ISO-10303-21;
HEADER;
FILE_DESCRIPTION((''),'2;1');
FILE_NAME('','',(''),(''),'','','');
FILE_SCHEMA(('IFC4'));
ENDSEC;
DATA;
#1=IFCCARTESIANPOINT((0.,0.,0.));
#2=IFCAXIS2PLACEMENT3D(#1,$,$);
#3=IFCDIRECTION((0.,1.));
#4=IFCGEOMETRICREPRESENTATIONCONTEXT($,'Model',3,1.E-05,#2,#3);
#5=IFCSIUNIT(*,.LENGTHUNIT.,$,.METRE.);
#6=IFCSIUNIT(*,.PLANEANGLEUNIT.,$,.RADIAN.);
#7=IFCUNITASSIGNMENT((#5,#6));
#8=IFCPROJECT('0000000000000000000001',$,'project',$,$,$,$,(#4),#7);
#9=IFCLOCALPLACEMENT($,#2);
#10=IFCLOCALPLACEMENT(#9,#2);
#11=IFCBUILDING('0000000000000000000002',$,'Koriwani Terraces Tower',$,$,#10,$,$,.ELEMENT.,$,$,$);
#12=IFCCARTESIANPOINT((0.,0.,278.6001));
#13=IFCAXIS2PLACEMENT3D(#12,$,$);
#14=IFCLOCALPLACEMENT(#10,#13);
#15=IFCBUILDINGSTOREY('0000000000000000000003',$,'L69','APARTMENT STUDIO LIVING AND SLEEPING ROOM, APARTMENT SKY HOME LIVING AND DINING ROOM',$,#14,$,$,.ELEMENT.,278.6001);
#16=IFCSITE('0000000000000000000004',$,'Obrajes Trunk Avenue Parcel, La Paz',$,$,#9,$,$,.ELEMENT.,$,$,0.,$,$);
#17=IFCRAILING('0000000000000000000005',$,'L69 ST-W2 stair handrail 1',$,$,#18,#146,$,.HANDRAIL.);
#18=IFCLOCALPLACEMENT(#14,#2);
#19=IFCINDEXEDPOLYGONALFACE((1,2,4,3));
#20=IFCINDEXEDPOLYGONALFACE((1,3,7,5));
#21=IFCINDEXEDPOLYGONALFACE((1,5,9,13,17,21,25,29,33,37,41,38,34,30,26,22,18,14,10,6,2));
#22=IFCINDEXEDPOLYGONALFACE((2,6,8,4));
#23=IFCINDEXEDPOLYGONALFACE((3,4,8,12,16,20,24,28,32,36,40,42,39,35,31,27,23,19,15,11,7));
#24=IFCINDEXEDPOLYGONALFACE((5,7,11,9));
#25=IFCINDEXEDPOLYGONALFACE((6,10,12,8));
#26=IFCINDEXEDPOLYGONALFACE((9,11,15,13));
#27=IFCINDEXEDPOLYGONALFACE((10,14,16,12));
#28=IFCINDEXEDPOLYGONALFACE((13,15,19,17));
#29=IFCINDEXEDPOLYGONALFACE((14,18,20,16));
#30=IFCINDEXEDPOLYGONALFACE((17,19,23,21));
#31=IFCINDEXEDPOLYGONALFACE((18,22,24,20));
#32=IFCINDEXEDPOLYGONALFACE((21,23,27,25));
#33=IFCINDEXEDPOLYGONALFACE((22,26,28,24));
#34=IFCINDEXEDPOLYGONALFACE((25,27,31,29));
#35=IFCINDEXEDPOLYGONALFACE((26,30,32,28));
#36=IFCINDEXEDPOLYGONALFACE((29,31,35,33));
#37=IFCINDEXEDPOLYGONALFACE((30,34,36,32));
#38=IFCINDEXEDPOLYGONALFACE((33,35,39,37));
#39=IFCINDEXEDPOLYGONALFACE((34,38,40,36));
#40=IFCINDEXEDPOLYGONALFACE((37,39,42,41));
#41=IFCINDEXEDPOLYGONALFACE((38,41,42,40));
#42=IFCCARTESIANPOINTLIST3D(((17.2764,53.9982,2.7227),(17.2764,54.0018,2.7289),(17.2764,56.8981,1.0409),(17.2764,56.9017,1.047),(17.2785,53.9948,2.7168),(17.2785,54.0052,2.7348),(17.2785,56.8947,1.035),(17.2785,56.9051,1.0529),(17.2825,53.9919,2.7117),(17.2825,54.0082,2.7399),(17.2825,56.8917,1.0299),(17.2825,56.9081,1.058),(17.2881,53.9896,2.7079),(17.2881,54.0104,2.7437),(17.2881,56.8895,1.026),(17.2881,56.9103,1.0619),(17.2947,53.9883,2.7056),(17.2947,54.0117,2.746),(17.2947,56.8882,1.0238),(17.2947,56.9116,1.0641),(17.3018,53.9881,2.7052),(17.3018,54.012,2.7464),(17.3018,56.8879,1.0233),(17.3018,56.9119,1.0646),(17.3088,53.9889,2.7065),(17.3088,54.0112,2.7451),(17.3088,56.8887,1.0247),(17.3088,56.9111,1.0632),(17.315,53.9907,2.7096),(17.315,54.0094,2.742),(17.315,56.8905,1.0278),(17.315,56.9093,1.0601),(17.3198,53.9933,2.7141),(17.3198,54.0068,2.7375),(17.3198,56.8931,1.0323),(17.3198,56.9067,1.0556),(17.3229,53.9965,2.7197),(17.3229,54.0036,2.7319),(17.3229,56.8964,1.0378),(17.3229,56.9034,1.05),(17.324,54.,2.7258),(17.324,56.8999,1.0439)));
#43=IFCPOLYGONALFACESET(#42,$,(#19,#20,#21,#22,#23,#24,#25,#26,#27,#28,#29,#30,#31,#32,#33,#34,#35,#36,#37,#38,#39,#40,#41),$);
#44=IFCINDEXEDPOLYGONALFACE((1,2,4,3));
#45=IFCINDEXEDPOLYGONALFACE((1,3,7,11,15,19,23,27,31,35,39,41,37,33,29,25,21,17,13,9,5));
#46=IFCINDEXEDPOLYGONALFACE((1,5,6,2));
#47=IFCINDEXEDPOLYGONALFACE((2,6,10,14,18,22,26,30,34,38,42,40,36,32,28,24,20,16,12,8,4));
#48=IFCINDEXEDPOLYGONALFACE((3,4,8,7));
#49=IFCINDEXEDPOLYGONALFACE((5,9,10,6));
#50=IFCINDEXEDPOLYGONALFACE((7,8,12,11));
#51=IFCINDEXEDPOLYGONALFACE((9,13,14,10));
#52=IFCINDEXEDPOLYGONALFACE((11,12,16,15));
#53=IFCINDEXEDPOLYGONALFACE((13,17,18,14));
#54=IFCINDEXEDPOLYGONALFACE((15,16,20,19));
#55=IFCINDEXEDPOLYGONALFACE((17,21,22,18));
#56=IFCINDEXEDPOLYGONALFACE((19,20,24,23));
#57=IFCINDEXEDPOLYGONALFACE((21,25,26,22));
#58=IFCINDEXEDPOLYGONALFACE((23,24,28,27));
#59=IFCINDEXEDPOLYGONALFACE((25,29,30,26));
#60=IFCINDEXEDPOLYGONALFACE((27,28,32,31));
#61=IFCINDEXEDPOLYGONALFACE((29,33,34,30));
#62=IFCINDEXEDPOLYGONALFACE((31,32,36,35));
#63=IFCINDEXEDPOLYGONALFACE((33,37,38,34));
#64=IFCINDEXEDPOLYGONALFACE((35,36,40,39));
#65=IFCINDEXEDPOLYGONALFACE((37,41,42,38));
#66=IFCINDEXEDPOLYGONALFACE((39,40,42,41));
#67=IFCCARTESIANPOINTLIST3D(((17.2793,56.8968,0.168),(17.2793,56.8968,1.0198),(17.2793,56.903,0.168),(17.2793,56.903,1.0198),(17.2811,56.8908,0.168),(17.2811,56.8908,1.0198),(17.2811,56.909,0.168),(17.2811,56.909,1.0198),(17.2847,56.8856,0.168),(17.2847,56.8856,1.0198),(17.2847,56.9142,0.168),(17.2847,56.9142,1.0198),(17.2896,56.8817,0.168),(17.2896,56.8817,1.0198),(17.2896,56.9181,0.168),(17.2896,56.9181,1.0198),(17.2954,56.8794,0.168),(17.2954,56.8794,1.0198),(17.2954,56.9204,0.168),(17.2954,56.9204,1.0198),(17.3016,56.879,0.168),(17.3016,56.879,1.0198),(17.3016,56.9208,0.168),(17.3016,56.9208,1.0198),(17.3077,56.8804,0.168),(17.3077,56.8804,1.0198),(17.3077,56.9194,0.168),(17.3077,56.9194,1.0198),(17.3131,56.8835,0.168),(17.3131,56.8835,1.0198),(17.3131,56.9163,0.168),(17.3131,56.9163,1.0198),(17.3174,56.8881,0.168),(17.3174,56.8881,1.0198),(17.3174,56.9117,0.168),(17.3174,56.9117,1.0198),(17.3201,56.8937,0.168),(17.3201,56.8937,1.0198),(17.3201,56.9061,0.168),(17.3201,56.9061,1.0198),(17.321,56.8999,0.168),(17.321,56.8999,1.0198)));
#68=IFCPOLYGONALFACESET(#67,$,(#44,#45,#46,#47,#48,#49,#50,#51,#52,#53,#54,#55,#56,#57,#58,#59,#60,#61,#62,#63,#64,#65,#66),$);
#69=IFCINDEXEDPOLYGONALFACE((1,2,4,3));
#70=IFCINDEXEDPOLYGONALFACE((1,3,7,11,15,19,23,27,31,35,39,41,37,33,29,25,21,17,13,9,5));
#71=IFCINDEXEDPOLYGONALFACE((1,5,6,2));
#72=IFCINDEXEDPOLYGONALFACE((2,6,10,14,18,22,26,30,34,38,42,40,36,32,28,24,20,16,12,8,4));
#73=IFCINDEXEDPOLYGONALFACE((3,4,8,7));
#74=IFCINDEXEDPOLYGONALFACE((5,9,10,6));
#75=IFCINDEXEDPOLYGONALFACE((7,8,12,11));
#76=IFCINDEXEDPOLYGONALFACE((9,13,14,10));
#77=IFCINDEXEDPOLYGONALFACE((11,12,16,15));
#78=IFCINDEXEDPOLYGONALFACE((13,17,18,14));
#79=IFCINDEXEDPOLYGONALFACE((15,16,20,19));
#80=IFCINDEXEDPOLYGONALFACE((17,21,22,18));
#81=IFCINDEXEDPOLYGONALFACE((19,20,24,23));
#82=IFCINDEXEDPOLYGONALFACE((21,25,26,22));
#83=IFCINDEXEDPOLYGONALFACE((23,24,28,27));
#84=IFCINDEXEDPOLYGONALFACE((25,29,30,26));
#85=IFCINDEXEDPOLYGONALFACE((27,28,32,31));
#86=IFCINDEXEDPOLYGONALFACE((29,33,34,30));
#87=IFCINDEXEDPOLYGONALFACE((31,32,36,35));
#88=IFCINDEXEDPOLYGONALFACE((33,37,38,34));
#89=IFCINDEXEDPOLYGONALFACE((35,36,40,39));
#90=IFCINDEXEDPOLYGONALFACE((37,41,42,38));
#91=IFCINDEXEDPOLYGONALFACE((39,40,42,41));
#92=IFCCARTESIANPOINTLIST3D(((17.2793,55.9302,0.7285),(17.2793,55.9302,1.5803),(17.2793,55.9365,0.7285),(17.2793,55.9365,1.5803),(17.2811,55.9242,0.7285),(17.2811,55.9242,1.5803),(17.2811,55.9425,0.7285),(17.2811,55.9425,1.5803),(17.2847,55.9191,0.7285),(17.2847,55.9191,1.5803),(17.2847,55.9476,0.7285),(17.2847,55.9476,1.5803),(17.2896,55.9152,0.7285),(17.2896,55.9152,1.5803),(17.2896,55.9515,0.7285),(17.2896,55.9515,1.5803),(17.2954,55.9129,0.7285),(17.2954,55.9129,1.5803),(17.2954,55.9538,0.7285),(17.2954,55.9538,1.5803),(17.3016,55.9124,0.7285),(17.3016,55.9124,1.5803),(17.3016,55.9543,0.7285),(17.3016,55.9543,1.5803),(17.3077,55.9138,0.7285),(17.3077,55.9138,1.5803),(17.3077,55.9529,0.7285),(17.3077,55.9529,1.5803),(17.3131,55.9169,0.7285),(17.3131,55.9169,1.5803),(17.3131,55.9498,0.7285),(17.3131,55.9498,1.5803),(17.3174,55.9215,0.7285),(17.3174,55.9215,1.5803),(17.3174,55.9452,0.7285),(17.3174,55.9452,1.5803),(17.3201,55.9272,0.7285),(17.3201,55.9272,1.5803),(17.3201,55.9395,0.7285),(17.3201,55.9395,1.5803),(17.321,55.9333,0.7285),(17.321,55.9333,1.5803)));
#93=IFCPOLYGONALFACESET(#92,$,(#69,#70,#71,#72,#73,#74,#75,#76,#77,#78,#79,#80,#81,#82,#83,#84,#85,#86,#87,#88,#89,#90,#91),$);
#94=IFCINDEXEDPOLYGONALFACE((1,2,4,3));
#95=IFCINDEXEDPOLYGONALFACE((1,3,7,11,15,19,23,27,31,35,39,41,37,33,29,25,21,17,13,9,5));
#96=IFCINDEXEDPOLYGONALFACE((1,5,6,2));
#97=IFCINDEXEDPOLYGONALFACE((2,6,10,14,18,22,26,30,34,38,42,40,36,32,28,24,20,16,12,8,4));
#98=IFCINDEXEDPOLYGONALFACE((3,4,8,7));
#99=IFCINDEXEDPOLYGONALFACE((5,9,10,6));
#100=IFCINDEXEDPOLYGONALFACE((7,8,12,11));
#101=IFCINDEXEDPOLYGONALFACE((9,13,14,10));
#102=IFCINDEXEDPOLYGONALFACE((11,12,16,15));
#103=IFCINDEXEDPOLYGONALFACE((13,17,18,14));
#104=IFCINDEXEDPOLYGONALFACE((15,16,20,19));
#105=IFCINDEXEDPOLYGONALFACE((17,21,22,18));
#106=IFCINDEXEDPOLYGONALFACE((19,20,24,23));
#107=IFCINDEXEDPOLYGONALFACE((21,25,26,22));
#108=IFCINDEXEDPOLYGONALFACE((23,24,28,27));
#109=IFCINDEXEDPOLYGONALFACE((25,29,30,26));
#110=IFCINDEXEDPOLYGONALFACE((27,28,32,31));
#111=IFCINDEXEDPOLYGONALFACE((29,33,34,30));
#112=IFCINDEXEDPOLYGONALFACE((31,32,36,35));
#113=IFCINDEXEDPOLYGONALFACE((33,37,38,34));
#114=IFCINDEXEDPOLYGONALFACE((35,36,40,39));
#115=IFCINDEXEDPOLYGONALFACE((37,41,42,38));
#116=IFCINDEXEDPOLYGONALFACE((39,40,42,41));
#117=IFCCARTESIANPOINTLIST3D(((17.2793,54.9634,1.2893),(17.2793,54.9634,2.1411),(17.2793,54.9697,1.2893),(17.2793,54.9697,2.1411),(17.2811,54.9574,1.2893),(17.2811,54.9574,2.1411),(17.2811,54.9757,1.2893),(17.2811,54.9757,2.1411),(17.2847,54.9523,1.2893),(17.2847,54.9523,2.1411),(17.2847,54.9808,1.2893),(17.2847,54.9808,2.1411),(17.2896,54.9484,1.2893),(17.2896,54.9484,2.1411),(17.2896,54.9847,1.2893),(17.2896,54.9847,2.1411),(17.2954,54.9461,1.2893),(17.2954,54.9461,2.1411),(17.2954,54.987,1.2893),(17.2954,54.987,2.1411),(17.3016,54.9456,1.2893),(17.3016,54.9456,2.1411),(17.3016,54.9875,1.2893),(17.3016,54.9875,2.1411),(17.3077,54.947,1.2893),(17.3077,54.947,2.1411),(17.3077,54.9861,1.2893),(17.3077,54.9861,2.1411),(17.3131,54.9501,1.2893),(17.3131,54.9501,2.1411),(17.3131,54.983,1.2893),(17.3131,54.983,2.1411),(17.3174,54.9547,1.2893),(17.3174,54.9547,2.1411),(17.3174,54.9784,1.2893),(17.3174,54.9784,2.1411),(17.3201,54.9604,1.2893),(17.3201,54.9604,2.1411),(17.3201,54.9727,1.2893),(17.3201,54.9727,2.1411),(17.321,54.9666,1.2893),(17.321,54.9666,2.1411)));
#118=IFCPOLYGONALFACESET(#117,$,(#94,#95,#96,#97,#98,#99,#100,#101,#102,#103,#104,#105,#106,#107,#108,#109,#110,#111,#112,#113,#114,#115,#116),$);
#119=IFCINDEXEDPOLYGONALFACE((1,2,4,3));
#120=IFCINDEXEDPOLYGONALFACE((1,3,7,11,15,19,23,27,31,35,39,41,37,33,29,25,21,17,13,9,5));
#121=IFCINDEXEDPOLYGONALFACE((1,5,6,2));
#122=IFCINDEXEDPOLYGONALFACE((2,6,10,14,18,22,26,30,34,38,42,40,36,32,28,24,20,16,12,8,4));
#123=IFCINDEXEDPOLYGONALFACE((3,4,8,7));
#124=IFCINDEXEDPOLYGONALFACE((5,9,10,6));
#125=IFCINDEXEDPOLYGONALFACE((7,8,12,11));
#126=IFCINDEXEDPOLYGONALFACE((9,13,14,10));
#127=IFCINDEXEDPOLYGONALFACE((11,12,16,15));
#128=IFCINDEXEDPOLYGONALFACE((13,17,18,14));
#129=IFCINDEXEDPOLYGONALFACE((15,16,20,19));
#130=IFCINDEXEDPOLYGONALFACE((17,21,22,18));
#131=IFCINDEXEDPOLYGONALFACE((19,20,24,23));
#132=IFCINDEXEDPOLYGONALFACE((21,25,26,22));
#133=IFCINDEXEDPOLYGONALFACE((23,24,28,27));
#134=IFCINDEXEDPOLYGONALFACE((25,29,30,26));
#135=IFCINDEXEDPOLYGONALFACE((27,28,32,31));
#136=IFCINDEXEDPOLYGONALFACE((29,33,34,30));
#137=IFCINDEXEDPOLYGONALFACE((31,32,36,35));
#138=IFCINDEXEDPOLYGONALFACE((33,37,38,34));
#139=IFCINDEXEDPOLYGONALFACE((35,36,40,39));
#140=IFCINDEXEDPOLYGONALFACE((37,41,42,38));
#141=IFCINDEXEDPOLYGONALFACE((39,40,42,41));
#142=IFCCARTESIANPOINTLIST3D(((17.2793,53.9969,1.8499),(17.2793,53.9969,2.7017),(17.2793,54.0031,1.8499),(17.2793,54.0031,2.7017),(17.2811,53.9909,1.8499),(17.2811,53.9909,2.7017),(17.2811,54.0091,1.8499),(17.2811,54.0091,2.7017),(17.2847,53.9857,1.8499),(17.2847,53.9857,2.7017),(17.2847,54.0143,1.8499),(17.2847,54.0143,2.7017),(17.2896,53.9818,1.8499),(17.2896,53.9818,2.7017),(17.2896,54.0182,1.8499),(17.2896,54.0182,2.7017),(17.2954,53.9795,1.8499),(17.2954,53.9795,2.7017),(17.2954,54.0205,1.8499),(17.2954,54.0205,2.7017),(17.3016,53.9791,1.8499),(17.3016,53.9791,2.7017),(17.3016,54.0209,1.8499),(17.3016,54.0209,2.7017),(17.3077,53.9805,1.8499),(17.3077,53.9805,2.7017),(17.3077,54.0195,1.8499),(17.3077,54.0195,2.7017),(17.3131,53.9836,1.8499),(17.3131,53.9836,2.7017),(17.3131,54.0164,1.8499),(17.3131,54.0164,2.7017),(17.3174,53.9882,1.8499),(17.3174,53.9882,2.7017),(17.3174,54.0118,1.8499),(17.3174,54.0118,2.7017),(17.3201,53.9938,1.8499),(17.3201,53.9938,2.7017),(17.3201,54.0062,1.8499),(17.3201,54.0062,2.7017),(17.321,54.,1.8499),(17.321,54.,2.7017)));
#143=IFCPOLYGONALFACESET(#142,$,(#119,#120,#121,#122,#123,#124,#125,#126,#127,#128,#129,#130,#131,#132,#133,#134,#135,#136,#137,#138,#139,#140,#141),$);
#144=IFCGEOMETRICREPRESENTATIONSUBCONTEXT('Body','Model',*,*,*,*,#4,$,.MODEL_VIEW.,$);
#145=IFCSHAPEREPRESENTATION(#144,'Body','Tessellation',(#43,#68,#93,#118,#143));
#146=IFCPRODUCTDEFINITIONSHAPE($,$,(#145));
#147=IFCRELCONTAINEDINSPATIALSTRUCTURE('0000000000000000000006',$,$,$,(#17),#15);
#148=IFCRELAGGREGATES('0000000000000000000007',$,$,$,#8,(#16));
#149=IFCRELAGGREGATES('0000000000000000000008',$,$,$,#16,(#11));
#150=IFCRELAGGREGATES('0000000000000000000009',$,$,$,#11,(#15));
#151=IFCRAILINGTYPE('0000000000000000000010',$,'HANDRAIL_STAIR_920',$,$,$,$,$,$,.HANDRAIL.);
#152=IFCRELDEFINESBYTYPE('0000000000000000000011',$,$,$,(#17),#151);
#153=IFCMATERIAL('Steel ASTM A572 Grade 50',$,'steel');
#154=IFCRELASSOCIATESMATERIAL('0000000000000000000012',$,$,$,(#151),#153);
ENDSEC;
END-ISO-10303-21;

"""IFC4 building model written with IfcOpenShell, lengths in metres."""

from ifc_helpers import new_model, si_unit, direction, frame, origin, origin_2d, place, context, subcontext, project, spatial, circle, extrude, material, type_object, element, save


model = new_model("IFC4")

# Units and contexts
model_context = context("Model", 3, precision=1e-05, world=origin(), true_north=direction((0.0, 1.0)))
body_context = subcontext(model_context, "Body", "Model", "MODEL_VIEW")
ifc_project = project(units=[si_unit("LENGTHUNIT", "METRE"), si_unit("PLANEANGLEUNIT", "RADIAN")], contexts=[model_context])

# Site, building, storey
site_placement = place(None, origin())
site = spatial("IfcSite", under=ifc_project, at=site_placement, Name="Obrajes Trunk Avenue Parcel, La Paz", CompositionType="ELEMENT", RefElevation=0.0)
building_placement = place(site_placement, origin())
building = spatial("IfcBuilding", under=site, at=building_placement, Name="Koriwani Terraces Tower", CompositionType="ELEMENT")
storey_placement = place(building_placement, frame((0.0, 0.0, 278.6001)))
storey = spatial("IfcBuildingStorey", under=building, at=storey_placement, Name="L69", Description="APARTMENT STUDIO LIVING AND SLEEPING ROOM, APARTMENT SKY HOME LIVING AND DINING ROOM", CompositionType="ELEMENT", Elevation=278.6001)

# Shared definitions
ifc_material_1 = material(Name="Steel ASTM A572 Grade 50", Category="steel")

# Railing
railing_type_1 = type_object("IfcRailingType", Name="HANDRAIL_STAIR_920", PredefinedType="HANDRAIL", material=ifc_material_1)
railing_1_placement = place(storey_placement, frame((17.3, 56.8999, 0.168)))
element("IfcRailing", 1, at=railing_1_placement, inside=storey, type_object=railing_type_1, Name="L69 ST-W2 stair handrail 1", PredefinedType="HANDRAIL", context=body_context, shape_type="SweptSolid", body=[
    extrude(circle(Radius=0.0239, at=origin_2d()), frame((0.0, 0.0, 0.876), z_axis=(0.0, -0.865039, 0.501705), x_axis=(1.0, 0.0, 0.0)), (0.0, 0.0, 1.0), 3.3523),
    extrude(circle(Radius=0.021, at=origin_2d()), origin(), (0.0, 0.0, 1.0), 0.8518),
    extrude(circle(Radius=0.021, at=origin_2d()), frame((0.0, -0.9666, 0.5605)), (0.0, 0.0, 1.0), 0.8518),
    extrude(circle(Radius=0.021, at=origin_2d()), frame((0.0, -1.9333, 1.1213)), (0.0, 0.0, 1.0), 0.8518),
    extrude(circle(Radius=0.021, at=origin_2d()), frame((0.0, -2.8999, 1.6819)), (0.0, 0.0, 1.0), 0.8518),
])

save(model, "model.ifc")
